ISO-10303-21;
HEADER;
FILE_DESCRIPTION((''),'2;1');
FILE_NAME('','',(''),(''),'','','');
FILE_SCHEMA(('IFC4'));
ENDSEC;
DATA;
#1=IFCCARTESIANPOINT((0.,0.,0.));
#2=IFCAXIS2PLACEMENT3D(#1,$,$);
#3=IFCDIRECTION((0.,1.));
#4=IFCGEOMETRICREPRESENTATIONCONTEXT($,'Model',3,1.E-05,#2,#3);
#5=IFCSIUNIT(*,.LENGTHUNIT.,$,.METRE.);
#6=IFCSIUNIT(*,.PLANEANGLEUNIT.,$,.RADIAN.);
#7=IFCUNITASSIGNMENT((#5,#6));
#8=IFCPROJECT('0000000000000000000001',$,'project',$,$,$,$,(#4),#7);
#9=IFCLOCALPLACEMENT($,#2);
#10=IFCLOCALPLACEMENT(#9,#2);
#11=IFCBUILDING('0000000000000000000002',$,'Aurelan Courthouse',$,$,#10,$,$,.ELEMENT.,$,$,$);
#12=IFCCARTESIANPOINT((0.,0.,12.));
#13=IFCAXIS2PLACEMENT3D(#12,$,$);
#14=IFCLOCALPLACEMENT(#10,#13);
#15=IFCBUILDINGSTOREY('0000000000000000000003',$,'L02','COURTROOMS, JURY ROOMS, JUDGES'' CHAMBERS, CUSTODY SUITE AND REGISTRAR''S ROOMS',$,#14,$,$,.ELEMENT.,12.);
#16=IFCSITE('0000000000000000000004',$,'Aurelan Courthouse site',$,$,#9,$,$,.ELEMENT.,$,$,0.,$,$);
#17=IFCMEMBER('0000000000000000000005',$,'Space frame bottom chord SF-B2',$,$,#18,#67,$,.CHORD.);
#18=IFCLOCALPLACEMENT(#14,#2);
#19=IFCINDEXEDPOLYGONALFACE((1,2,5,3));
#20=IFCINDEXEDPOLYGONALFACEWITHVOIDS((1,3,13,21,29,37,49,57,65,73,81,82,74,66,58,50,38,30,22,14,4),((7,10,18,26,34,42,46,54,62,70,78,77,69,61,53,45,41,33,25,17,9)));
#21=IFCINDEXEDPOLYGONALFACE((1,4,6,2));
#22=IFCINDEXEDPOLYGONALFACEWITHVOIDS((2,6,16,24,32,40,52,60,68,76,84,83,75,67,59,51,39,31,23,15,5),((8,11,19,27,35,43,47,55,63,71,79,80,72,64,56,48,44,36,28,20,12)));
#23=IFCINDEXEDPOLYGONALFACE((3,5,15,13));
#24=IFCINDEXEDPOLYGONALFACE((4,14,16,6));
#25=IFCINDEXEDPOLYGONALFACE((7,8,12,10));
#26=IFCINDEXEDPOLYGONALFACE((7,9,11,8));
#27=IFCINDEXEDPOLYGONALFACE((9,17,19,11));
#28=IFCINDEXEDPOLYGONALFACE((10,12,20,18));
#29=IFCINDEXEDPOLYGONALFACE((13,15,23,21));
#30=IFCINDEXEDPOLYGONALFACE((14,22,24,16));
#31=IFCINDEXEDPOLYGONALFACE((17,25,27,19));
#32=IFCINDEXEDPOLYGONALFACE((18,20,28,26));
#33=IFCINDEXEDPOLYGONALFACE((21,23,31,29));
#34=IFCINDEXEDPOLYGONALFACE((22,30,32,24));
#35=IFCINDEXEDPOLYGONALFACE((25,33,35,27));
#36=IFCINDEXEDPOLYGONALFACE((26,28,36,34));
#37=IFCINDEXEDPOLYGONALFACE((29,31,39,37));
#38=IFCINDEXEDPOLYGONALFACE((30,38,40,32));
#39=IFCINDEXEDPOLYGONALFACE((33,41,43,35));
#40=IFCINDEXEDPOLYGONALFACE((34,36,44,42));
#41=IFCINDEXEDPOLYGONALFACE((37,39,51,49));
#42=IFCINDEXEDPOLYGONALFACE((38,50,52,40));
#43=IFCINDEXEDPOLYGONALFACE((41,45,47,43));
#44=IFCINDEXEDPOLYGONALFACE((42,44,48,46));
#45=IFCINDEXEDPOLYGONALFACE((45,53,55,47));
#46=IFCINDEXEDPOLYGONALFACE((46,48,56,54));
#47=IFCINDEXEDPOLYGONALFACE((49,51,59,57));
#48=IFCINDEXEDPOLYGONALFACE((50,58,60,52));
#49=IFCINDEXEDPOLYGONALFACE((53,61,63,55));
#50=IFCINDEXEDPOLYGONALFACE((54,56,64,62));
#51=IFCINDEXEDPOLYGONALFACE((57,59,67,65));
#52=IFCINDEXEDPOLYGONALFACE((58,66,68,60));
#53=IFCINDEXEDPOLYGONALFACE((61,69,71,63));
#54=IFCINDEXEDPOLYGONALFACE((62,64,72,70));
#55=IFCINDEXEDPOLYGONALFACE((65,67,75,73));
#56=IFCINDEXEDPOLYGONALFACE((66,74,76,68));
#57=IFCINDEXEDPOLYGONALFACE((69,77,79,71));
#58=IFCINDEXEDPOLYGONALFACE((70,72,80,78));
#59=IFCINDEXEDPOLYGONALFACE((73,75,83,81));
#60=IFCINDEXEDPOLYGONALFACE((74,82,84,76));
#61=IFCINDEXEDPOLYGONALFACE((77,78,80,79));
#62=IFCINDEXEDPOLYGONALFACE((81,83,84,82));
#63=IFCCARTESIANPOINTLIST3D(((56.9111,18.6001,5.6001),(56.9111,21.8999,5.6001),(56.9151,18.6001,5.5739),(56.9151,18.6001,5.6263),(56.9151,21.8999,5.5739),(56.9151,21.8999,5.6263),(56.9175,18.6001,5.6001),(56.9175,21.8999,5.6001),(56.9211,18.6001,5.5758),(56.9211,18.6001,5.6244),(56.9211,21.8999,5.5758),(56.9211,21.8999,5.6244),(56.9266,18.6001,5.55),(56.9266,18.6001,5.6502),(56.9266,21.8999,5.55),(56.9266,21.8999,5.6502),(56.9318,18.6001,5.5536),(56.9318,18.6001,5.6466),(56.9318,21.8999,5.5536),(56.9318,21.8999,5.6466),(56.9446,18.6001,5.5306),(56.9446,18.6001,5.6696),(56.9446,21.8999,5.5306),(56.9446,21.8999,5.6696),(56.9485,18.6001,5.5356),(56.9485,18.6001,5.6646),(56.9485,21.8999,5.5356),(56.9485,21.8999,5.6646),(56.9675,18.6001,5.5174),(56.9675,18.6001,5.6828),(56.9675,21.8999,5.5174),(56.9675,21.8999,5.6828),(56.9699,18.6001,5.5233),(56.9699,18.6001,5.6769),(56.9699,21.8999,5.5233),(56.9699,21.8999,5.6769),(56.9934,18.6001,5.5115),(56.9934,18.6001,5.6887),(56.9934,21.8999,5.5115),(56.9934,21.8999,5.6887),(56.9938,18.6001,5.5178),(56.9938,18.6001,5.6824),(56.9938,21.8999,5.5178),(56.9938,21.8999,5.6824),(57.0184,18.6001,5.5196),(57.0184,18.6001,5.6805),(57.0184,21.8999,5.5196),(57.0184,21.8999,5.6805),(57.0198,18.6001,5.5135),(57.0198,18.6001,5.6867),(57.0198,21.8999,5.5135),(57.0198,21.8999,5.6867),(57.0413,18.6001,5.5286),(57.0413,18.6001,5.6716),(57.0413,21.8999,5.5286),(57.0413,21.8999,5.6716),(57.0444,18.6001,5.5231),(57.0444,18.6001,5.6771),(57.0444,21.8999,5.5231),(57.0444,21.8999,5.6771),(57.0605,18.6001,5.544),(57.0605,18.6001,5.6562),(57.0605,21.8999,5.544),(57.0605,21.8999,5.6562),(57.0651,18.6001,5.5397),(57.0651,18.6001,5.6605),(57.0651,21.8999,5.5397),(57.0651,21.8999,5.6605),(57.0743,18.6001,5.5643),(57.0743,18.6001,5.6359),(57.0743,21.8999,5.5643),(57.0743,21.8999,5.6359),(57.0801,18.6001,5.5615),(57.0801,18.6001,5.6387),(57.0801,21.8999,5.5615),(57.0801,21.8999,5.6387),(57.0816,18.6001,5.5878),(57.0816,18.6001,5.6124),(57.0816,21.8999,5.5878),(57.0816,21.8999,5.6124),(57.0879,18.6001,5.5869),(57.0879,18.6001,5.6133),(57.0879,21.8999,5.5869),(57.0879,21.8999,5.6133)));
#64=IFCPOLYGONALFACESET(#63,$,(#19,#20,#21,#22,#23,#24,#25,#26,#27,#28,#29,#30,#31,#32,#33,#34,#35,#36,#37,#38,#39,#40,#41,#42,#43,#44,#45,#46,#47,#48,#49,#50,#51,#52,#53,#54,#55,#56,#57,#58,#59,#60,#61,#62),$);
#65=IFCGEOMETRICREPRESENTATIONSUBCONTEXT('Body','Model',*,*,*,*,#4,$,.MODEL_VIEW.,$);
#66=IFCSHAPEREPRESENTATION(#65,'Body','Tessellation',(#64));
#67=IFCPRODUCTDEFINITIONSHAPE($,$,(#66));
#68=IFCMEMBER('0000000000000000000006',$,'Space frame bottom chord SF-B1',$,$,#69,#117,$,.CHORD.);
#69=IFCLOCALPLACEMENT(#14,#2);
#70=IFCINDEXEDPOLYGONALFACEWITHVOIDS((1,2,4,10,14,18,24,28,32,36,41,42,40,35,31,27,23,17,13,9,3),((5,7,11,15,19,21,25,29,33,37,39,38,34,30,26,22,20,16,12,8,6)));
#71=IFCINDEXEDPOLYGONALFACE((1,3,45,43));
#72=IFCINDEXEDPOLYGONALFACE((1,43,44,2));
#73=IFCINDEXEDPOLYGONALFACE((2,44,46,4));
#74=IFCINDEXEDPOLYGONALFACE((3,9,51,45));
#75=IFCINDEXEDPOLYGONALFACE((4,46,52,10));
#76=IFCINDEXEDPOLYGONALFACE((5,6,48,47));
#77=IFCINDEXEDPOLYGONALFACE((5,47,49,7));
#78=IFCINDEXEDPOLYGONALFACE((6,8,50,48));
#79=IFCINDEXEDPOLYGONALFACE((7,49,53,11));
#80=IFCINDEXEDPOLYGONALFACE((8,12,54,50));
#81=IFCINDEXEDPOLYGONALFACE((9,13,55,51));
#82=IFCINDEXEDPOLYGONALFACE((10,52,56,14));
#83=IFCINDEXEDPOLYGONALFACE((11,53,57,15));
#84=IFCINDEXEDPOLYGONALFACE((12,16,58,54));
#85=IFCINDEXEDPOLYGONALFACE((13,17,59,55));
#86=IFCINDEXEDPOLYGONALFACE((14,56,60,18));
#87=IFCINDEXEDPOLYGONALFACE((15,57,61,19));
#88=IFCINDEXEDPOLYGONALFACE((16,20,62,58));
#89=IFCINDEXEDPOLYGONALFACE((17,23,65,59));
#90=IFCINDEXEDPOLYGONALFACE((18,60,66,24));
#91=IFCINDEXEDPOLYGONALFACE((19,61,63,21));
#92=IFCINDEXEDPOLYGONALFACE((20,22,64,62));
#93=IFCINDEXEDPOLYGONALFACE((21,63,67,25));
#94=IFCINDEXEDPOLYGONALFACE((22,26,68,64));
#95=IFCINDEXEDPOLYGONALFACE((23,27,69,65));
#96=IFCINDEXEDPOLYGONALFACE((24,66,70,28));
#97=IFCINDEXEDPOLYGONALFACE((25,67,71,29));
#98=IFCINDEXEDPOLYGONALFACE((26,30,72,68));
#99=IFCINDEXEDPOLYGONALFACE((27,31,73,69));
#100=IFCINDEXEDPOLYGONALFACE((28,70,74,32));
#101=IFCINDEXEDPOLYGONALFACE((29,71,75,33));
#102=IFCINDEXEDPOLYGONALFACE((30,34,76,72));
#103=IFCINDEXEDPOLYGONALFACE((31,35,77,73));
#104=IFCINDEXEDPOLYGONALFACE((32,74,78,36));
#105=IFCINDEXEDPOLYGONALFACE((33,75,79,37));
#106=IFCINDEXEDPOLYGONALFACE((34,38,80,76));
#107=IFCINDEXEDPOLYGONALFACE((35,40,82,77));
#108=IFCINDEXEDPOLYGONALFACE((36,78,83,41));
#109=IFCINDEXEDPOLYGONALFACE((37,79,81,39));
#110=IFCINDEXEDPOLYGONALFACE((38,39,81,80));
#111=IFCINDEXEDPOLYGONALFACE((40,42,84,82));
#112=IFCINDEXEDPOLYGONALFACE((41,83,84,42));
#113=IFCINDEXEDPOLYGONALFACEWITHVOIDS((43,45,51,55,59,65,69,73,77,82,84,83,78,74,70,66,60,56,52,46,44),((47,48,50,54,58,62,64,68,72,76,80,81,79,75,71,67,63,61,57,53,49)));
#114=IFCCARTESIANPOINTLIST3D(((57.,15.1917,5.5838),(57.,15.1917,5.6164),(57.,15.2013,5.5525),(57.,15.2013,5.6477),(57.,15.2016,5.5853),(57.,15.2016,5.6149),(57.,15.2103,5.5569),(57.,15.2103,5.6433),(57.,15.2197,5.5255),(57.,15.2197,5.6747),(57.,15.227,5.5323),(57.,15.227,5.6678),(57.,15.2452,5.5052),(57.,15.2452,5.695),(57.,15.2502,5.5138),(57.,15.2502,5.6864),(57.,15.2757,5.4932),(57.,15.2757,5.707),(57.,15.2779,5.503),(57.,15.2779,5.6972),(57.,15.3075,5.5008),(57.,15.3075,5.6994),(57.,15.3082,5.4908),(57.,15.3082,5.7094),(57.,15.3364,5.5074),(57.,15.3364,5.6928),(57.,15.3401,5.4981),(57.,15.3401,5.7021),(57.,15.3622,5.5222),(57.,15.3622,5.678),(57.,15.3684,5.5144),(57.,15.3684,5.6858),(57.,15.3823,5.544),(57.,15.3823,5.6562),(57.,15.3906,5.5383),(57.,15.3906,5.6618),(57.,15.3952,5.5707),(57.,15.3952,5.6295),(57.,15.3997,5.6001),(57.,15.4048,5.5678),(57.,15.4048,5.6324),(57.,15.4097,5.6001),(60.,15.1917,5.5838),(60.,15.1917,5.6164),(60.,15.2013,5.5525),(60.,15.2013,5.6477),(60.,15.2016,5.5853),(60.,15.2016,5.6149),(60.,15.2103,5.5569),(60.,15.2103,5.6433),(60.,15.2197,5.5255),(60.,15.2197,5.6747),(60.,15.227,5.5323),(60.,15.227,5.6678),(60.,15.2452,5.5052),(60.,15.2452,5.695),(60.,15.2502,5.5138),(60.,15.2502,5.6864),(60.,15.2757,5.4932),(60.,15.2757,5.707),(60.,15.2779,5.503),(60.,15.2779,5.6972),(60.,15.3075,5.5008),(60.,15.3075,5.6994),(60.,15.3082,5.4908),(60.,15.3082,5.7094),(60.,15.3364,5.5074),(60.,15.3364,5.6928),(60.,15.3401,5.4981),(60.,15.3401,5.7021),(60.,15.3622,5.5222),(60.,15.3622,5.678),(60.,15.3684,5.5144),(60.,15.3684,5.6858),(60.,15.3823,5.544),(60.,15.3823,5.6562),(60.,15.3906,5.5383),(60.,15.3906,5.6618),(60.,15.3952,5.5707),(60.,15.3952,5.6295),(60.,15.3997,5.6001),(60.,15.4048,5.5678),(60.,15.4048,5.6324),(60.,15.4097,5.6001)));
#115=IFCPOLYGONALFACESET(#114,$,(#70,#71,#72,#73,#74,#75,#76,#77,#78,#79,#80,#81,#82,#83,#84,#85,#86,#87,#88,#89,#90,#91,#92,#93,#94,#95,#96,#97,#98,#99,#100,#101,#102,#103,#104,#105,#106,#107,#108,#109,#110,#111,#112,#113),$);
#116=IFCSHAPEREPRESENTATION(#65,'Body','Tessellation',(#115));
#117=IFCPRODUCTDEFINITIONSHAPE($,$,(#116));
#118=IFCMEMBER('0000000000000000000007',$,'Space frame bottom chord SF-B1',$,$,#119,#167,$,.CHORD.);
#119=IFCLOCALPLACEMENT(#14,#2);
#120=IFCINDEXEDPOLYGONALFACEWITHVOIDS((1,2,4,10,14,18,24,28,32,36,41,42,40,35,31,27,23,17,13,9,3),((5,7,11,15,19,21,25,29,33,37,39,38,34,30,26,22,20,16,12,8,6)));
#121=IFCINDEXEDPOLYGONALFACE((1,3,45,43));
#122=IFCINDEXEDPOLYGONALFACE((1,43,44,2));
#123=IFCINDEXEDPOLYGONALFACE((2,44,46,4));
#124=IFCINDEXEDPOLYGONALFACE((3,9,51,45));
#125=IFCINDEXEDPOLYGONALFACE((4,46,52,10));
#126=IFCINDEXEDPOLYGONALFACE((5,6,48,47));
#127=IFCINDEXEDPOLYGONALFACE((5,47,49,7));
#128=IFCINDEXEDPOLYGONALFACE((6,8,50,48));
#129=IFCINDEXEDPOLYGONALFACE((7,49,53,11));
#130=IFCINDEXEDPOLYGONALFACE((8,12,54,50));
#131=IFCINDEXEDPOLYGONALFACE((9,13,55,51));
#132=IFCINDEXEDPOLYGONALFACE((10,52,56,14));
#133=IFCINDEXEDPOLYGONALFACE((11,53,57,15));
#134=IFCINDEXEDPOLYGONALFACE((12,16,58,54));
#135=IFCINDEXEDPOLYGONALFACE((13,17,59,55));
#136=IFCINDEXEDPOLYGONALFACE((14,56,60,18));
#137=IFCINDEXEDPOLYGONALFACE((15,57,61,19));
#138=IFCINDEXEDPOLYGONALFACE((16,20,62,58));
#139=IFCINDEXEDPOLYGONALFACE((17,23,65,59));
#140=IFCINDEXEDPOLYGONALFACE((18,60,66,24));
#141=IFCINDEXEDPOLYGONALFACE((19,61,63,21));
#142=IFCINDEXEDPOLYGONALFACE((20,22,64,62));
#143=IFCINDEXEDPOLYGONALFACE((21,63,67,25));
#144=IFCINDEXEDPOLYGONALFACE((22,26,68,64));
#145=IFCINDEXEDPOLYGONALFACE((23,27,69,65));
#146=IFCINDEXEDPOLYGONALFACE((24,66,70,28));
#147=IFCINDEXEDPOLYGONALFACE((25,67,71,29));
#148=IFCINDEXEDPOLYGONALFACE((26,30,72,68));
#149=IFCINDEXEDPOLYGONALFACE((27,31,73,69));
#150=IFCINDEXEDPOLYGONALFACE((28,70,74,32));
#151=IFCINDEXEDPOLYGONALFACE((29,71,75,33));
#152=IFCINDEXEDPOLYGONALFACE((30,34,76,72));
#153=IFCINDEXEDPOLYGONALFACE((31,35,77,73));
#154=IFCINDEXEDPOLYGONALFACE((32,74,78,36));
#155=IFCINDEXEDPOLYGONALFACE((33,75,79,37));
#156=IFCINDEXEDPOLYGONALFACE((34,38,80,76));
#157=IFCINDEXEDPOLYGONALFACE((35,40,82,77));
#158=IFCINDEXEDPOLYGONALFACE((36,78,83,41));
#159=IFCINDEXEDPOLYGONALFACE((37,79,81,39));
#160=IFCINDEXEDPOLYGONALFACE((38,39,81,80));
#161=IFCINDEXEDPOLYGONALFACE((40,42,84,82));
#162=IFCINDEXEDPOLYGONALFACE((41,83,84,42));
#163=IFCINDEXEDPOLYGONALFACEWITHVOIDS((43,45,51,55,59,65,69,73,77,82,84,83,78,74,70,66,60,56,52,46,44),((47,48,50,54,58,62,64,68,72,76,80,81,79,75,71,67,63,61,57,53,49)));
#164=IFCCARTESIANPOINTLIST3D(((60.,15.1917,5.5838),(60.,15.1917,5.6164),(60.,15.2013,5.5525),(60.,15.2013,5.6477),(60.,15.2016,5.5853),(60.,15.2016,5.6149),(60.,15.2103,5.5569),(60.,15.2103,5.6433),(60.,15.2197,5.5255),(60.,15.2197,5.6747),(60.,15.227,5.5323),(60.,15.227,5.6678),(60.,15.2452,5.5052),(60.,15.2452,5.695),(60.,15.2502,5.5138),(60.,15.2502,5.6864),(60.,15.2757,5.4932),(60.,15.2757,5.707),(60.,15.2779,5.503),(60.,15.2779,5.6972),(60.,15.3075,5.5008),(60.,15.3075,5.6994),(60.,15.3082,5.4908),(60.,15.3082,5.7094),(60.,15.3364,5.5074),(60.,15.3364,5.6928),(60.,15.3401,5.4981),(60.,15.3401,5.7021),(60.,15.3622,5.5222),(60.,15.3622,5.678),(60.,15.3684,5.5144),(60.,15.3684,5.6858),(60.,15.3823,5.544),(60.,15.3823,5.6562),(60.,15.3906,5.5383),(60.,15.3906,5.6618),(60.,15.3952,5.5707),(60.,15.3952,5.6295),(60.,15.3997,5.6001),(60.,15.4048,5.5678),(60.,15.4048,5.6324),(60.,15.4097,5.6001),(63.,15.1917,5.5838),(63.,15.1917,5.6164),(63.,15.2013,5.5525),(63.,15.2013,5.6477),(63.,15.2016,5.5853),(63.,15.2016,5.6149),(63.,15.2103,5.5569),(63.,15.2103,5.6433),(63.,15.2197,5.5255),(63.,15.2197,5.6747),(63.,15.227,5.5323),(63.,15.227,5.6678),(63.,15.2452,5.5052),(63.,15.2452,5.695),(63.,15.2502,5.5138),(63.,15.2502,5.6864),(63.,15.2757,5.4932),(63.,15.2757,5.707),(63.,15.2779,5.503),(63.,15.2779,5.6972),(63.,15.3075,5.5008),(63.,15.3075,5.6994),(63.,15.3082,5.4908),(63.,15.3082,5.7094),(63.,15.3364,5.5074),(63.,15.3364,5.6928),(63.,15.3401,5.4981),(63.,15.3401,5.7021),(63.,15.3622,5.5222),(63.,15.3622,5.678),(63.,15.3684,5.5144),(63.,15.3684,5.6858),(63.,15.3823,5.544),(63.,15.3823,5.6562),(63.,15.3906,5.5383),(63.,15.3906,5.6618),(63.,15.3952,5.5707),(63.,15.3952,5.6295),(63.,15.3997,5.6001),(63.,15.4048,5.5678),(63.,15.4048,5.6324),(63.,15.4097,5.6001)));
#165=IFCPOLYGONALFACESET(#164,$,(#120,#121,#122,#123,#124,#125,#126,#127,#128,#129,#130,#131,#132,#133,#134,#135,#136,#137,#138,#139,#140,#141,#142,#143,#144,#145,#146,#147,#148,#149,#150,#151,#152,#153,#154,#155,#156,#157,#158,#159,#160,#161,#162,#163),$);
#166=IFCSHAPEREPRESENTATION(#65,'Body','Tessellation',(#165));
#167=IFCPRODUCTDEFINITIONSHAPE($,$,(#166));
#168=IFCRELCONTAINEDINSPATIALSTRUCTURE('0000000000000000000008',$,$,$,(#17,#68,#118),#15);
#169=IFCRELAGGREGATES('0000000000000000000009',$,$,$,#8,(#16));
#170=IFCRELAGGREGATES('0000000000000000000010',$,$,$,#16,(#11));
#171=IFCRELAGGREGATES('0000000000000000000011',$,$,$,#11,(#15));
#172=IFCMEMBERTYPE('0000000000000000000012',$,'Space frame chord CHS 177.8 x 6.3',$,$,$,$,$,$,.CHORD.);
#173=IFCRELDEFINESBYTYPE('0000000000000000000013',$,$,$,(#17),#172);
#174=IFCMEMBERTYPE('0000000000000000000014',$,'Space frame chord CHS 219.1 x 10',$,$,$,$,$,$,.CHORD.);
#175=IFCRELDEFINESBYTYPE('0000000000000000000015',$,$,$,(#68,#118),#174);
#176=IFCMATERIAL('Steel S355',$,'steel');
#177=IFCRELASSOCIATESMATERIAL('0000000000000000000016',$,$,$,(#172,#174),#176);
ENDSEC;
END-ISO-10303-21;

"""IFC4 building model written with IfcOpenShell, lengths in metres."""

from ifc_helpers import new_model, si_unit, direction, frame, origin, origin_2d, place, context, subcontext, project, spatial, hollow_circle, extrude, material, material_profile, profile_set, type_object, element, save


model = new_model("IFC4")

# Units and contexts
model_context = context("Model", 3, precision=1e-05, world=origin(), true_north=direction((0.0, 1.0)))
body_context = subcontext(model_context, "Body", "Model", "MODEL_VIEW")
ifc_project = project(units=[si_unit("LENGTHUNIT", "METRE"), si_unit("PLANEANGLEUNIT", "RADIAN")], contexts=[model_context])

# Site, building, storey
site_placement = place(None, origin())
site = spatial("IfcSite", under=ifc_project, at=site_placement, Name="Aurelan Courthouse site", CompositionType="ELEMENT", RefElevation=0.0)
building_placement = place(site_placement, origin())
building = spatial("IfcBuilding", under=site, at=building_placement, Name="Aurelan Courthouse", CompositionType="ELEMENT")
storey_placement = place(building_placement, frame((0.0, 0.0, 12.0)))
storey = spatial("IfcBuildingStorey", under=building, at=storey_placement, Name="L02", Description="COURTROOMS, JURY ROOMS, JUDGES' CHAMBERS, CUSTODY SUITE AND REGISTRAR'S ROOMS", CompositionType="ELEMENT", Elevation=12.0)

# Shared definitions
ifc_material_1 = material(Name="Steel S355", Category="steel")

# Members
ifc_material_profile_1 = material_profile(ifc_material_1, hollow_circle(Radius=0.0889, WallThickness=0.0063, at=origin_2d()), Name="CHS 177.8 x 6.3")
ifc_profile_set_1 = profile_set([ifc_material_profile_1], Name="Steel S355")
member_type_1 = type_object("IfcMemberType", Name="Space frame chord CHS 177.8 x 6.3", PredefinedType="CHORD", material=ifc_profile_set_1)
member_placement = place(storey_placement, frame((57.0, 18.6001, 5.6001), z_axis=(0.0, 1.0, 0.0), x_axis=(-1.0, 0.0, 0.0)))
element("IfcMember", 1, at=member_placement, inside=storey, type_object=member_type_1, Name="Space frame bottom chord SF-B2", PredefinedType="CHORD", context=body_context, shape_type="SweptSolid", body=[
    extrude(hollow_circle(Radius=0.0889, WallThickness=0.0063, at=origin_2d()), origin(), (0.0, 0.0, 1.0), 3.2998),
])
ifc_material_profile_2 = material_profile(ifc_material_1, hollow_circle(Radius=0.1096, WallThickness=0.01, at=origin_2d()), Name="CHS 219.1 x 10")
ifc_profile_set_2 = profile_set([ifc_material_profile_2], Name="Steel S355")
member_type_2 = type_object("IfcMemberType", Name="Space frame chord CHS 219.1 x 10", PredefinedType="CHORD", material=ifc_profile_set_2)
for number, where, z_axis, x_axis, name in (
    (2, (57.0, 15.3, 5.6001), (1.0, 0.0, 0.0), (0.0, 1.0, 0.0), "Space frame bottom chord SF-B1"),
    (3, (60.0, 15.3, 5.6001), (1.0, 0.0, 0.0), (0.0, 1.0, 0.0), "Space frame bottom chord SF-B1"),
):
    element("IfcMember", number, at=place(storey_placement, frame(where, z_axis=z_axis, x_axis=x_axis)), inside=storey, type_object=member_type_2, Name=name, PredefinedType="CHORD", context=body_context, shape_type="SweptSolid", body=[
        extrude(hollow_circle(Radius=0.1096, WallThickness=0.01, at=origin_2d()), origin(), (0.0, 0.0, 1.0), 3.0),
    ])

save(model, "model.ifc")
